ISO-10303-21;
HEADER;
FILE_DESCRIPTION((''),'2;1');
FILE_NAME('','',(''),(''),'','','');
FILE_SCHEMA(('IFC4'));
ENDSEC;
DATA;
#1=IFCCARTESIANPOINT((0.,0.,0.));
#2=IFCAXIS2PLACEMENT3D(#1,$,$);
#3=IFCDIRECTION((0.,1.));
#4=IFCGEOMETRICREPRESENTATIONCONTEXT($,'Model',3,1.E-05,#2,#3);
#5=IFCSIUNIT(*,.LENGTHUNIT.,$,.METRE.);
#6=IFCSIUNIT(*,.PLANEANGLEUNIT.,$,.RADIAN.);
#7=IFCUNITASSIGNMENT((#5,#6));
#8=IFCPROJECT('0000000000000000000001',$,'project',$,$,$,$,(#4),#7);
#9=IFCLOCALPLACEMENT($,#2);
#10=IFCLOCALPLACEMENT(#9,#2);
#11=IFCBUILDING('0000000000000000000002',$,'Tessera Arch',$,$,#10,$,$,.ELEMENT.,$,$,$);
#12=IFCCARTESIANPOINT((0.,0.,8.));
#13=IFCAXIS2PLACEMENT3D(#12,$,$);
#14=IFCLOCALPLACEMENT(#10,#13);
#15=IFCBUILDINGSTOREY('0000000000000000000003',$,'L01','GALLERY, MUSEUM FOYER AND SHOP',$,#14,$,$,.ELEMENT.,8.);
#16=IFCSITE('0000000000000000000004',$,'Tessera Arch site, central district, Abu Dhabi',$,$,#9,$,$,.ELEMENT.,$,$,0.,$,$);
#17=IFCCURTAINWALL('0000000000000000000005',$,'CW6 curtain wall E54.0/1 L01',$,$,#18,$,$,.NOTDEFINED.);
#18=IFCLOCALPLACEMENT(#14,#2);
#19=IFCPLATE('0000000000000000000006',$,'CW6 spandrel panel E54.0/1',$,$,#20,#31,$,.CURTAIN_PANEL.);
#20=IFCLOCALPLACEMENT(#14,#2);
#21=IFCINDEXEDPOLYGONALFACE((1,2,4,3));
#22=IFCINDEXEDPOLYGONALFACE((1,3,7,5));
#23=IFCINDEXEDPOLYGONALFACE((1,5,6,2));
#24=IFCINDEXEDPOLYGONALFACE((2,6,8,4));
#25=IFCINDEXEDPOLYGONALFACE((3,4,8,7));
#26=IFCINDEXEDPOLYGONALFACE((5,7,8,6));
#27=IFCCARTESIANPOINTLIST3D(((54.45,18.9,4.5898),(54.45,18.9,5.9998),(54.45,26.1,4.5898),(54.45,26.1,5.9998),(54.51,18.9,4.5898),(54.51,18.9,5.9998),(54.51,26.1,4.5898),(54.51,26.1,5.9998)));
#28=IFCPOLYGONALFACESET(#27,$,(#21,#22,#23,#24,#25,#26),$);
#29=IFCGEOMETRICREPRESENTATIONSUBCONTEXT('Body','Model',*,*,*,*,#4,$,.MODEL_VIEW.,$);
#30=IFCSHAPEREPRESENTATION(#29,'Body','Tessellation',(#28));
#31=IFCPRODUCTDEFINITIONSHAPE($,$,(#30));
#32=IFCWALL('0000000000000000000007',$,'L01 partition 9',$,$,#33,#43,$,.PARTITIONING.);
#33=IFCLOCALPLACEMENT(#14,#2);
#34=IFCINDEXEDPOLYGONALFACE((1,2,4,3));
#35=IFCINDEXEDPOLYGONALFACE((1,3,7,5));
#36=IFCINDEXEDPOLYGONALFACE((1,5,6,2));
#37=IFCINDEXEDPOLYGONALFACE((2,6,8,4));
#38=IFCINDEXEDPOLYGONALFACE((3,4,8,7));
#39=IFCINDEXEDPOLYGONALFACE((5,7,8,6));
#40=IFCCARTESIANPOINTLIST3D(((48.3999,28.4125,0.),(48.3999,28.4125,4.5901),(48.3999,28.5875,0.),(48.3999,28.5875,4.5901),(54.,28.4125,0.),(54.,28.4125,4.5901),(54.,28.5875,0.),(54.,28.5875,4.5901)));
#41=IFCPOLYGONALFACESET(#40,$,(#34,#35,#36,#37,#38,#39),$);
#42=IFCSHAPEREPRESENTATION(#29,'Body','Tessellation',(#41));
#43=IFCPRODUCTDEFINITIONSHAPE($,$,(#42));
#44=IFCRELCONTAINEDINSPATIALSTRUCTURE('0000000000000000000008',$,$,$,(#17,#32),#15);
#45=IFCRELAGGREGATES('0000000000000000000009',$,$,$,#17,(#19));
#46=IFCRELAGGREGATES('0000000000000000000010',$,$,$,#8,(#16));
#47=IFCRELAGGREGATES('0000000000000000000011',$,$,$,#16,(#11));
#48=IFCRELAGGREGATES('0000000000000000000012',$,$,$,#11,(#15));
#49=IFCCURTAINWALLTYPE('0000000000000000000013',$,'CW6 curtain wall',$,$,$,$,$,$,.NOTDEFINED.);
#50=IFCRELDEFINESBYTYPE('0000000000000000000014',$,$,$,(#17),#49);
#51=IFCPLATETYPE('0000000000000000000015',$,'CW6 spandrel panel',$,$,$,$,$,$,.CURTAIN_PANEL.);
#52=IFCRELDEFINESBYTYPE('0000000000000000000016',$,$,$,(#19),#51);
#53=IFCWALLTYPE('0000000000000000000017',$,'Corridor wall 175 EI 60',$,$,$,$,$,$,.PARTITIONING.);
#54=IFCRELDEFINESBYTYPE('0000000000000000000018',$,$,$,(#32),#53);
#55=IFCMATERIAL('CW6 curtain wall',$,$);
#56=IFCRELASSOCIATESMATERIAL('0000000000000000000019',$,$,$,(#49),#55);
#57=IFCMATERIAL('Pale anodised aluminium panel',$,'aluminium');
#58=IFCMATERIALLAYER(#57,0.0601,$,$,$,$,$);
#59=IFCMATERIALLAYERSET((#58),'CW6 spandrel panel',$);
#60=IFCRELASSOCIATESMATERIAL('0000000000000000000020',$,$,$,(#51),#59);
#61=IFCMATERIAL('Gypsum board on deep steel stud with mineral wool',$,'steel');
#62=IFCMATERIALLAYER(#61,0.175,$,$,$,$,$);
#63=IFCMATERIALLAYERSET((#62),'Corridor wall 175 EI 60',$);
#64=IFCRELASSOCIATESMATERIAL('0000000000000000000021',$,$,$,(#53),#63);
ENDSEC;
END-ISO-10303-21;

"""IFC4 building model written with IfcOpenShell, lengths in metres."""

from ifc_helpers import new_model, si_unit, direction, frame, frame_2d, origin, origin_2d, place, context, subcontext, project, spatial, rectangle, extrude, material, layer, layer_set, type_object, element, aggregate, save


model = new_model("IFC4")

# Units and contexts
model_context = context("Model", 3, precision=1e-05, world=origin(), true_north=direction((0.0, 1.0)))
body_context = subcontext(model_context, "Body", "Model", "MODEL_VIEW")
ifc_project = project(units=[si_unit("LENGTHUNIT", "METRE"), si_unit("PLANEANGLEUNIT", "RADIAN")], contexts=[model_context])

# Site, building, storey
site_placement = place(None, origin())
site = spatial("IfcSite", under=ifc_project, at=site_placement, Name="Tessera Arch site, central district, Abu Dhabi", CompositionType="ELEMENT", RefElevation=0.0)
building_placement = place(site_placement, origin())
building = spatial("IfcBuilding", under=site, at=building_placement, Name="Tessera Arch", CompositionType="ELEMENT")
storey_placement = place(building_placement, frame((0.0, 0.0, 8.0)))
storey = spatial("IfcBuildingStorey", under=building, at=storey_placement, Name="L01", Description="GALLERY, MUSEUM FOYER AND SHOP", CompositionType="ELEMENT", Elevation=8.0)

# Curtain wall
ifc_material_1 = material(Name="CW6 curtain wall")
curtain_wall_type = type_object("IfcCurtainWallType", Name="CW6 curtain wall", PredefinedType="NOTDEFINED", material=ifc_material_1)
curtain_wall_1_placement = place(storey_placement, origin())
curtain_wall_1 = element("IfcCurtainWall", 1, at=curtain_wall_1_placement, inside=storey, type_object=curtain_wall_type, Name="CW6 curtain wall E54.0/1 L01", PredefinedType="NOTDEFINED")

# Plate
ifc_material_2 = material(Name="Pale anodised aluminium panel", Category="aluminium")
ifc_layer_1 = layer(ifc_material_2, 0.0601)
ifc_layer_set_1 = layer_set([ifc_layer_1], Name="CW6 spandrel panel")
plate_type_1 = type_object("IfcPlateType", Name="CW6 spandrel panel", PredefinedType="CURTAIN_PANEL", material=ifc_layer_set_1)
plate_1_placement = place(storey_placement, frame((54.48, 22.5, 4.5898), z_axis=(0.0, 0.0, 1.0), x_axis=(0.0, 1.0, 0.0)))
plate_1 = element("IfcPlate", 2, at=plate_1_placement, type_object=plate_type_1, Name="CW6 spandrel panel E54.0/1", PredefinedType="CURTAIN_PANEL", context=body_context, shape_type="SweptSolid", body=[
    extrude(rectangle(XDim=7.2, YDim=0.0601, at=origin_2d()), origin(), (0.0, 0.0, 1.0), 1.4099),
])
aggregate(curtain_wall_1, [plate_1])

# Wall
ifc_material_3 = material(Name="Gypsum board on deep steel stud with mineral wool", Category="steel")
ifc_layer_2 = layer(ifc_material_3, 0.175)
ifc_layer_set_2 = layer_set([ifc_layer_2], Name="Corridor wall 175 EI 60")
wall_type = type_object("IfcWallType", Name="Corridor wall 175 EI 60", PredefinedType="PARTITIONING", material=ifc_layer_set_2)
wall_placement = place(storey_placement, frame((48.3999, 28.5, 0.0), z_axis=(0.0, 0.0, 1.0), x_axis=(1.0, 0.0, 0.0)))
element("IfcWall", 3, at=wall_placement, inside=storey, type_object=wall_type, Name="L01 partition 9", PredefinedType="PARTITIONING", context=body_context, shape_type="SweptSolid", body=[
    extrude(rectangle(XDim=5.6001, YDim=0.175, at=frame_2d((2.8, 0.0))), origin(), (0.0, 0.0, 1.0), 4.5901),
])

save(model, "model.ifc")
